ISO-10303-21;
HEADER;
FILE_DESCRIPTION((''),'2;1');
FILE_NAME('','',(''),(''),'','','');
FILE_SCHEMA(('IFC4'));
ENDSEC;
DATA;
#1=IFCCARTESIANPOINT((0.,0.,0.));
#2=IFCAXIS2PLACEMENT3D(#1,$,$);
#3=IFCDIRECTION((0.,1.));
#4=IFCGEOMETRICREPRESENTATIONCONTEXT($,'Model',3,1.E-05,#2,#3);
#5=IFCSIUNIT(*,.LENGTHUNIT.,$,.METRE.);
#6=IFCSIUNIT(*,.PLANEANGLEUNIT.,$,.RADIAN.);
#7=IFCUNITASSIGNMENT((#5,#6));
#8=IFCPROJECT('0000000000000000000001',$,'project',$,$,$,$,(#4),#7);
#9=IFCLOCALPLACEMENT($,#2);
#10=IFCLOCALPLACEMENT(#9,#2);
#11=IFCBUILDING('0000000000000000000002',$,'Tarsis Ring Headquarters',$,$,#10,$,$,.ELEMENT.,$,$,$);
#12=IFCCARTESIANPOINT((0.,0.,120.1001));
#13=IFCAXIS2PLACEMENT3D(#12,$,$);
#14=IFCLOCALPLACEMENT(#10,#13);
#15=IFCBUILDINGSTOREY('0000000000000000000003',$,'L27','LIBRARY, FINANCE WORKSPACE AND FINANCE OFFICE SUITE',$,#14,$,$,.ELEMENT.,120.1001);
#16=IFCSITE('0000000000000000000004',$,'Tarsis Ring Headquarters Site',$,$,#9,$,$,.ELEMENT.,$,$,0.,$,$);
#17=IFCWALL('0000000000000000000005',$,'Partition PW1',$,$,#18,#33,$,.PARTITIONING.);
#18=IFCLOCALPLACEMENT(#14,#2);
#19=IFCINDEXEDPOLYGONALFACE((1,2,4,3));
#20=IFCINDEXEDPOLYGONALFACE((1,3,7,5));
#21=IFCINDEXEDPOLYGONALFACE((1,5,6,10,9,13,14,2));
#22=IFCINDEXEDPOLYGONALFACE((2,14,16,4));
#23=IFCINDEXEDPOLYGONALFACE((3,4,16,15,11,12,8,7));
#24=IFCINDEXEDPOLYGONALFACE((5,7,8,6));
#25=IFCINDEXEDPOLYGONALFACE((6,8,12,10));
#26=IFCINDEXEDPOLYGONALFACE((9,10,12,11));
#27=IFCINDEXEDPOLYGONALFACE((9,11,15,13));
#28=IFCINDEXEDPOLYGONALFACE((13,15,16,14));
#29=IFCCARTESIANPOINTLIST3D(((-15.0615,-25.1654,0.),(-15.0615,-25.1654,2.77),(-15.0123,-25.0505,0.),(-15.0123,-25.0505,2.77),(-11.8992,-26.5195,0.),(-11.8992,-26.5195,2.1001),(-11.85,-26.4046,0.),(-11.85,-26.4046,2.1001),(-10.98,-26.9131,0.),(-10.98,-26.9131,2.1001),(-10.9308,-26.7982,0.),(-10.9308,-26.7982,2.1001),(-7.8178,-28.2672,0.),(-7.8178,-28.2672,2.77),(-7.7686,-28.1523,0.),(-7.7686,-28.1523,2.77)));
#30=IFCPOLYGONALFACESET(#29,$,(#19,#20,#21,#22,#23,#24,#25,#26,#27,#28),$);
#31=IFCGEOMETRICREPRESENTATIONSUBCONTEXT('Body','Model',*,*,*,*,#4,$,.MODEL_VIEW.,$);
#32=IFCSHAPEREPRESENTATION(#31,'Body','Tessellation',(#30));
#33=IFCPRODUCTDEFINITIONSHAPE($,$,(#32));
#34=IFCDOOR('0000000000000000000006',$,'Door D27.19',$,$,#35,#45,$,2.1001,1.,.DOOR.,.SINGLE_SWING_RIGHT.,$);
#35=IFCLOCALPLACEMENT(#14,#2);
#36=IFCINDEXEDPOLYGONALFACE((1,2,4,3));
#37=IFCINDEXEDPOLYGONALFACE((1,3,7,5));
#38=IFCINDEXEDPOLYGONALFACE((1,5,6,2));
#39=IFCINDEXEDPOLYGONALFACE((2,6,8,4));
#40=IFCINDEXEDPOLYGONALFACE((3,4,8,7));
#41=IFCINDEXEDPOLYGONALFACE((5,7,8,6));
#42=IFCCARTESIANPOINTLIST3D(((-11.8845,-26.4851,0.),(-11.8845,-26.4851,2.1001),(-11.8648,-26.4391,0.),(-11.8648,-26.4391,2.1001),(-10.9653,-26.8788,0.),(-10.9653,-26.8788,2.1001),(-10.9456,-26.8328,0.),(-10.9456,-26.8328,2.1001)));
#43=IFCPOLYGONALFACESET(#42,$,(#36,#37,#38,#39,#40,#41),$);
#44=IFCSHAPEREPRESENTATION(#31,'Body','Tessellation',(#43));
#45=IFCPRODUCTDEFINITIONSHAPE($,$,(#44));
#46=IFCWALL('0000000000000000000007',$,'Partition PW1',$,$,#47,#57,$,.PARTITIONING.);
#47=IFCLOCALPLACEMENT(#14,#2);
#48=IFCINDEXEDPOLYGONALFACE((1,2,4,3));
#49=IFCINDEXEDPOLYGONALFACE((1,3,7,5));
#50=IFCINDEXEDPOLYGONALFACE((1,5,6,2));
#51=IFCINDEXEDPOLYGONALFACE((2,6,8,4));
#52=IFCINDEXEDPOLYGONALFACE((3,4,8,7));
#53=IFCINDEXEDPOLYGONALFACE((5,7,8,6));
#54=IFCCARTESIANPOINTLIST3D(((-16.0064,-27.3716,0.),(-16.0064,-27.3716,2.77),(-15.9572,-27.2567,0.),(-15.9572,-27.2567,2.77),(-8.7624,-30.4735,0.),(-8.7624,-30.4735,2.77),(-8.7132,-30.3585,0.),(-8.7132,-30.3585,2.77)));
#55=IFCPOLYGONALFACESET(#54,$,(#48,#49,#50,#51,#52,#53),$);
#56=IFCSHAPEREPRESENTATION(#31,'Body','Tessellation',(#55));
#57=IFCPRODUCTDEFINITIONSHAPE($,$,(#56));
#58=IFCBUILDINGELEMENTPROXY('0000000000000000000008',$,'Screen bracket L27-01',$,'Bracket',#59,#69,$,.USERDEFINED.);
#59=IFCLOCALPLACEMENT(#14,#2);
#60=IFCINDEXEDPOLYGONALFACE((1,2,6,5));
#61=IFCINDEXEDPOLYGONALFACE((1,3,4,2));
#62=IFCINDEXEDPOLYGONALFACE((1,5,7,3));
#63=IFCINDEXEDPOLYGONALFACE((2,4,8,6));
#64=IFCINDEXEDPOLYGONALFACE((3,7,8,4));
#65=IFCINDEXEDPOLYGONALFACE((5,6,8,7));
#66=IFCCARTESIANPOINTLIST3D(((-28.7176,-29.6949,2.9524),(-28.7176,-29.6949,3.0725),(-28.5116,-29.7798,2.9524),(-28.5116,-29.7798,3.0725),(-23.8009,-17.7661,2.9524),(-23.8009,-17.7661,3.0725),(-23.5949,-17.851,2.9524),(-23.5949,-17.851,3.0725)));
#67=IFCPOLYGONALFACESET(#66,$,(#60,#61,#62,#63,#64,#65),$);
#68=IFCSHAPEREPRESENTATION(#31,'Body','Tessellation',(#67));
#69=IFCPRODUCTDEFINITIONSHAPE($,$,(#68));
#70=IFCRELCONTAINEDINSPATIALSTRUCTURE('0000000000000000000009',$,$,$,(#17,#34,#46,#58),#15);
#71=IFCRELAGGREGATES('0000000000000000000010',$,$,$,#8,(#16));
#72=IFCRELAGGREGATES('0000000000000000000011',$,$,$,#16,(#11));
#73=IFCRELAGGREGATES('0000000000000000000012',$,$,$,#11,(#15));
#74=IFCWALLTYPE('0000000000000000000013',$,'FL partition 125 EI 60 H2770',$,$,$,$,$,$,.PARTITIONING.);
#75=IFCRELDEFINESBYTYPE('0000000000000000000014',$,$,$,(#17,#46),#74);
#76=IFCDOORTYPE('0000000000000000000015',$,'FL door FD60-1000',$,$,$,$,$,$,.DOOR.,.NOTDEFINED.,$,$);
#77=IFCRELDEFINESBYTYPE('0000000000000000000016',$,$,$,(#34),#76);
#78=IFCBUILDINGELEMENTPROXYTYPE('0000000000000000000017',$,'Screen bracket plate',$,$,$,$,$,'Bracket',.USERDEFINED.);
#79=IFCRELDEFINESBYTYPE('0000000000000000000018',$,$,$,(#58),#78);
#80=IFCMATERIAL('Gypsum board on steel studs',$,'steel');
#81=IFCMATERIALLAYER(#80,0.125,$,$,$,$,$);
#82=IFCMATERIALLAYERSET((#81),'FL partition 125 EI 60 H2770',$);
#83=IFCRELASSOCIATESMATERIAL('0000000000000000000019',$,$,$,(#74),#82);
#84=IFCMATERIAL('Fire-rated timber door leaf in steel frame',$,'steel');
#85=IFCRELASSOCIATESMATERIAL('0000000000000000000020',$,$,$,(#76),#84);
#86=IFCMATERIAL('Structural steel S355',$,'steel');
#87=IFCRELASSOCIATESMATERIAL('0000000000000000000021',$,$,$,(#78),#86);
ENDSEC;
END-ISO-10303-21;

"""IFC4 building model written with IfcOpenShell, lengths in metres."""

from ifc_helpers import new_model, si_unit, direction, frame, frame_2d, origin, origin_2d, place, context, subcontext, project, spatial, rectangle, extrude, material, layer, layer_set, type_object, element, fill, save


model = new_model("IFC4")

# Units and contexts
model_context = context("Model", 3, precision=1e-05, world=origin(), true_north=direction((0.0, 1.0)))
body_context = subcontext(model_context, "Body", "Model", "MODEL_VIEW")
ifc_project = project(units=[si_unit("LENGTHUNIT", "METRE"), si_unit("PLANEANGLEUNIT", "RADIAN")], contexts=[model_context])

# Site, building, storey
site_placement = place(None, origin())
site = spatial("IfcSite", under=ifc_project, at=site_placement, Name="Tarsis Ring Headquarters Site", CompositionType="ELEMENT", RefElevation=0.0)
building_placement = place(site_placement, origin())
building = spatial("IfcBuilding", under=site, at=building_placement, Name="Tarsis Ring Headquarters", CompositionType="ELEMENT")
storey_placement = place(building_placement, frame((0.0, 0.0, 120.1001)))
storey = spatial("IfcBuildingStorey", under=building, at=storey_placement, Name="L27", Description="LIBRARY, FINANCE WORKSPACE AND FINANCE OFFICE SUITE", CompositionType="ELEMENT", Elevation=120.1001)

# Shared definitions
ifc_material_1 = material(Name="Structural steel S355", Category="steel")

# Shared definitions
ifc_material_2 = material(Name="Gypsum board on steel studs", Category="steel")
ifc_layer_1 = layer(ifc_material_2, 0.125)
ifc_layer_set_1 = layer_set([ifc_layer_1], Name="FL partition 125 EI 60 H2770")
wall_type_1 = type_object("IfcWallType", Name="FL partition 125 EI 60 H2770", PredefinedType="PARTITIONING", material=ifc_layer_set_1)

# Wall, opening, door
wall_1_placement = place(storey_placement, frame((-15.0369, -25.1079, 0.0), z_axis=(0.0, 0.0, 1.0), x_axis=(0.919265, -0.393639, 0.0)))
wall_1 = element("IfcWall", 1, at=wall_1_placement, inside=storey, type_object=wall_type_1, Name="Partition PW1", PredefinedType="PARTITIONING", context=body_context, shape_type="SweptSolid", body=[
    extrude(rectangle(XDim=7.8799, YDim=0.125, at=frame_2d((3.9399, 0.0))), origin(), (0.0, 0.0, 1.0), 2.77),
])
opening_placement = place(wall_1_placement, frame((3.4399, 0.0, 0.0)))
opening = element("IfcOpeningElement", 2, at=opening_placement, cuts=wall_1, PredefinedType="OPENING", context=body_context, shape_type="SweptSolid", body=[
    extrude(rectangle(XDim=1.0, YDim=2.1001, at=frame_2d((0.5, 1.05))), frame((0.0, 0.0725, 0.0), z_axis=(0.0, -1.0, 0.0), x_axis=(1.0, 0.0, 0.0)), (0.0, 0.0, 1.0), 0.145),
])
ifc_material_3 = material(Name="Fire-rated timber door leaf in steel frame", Category="steel")
door_type = type_object("IfcDoorType", Name="FL door FD60-1000", OperationType="NOTDEFINED", PredefinedType="DOOR", material=ifc_material_3)
door_placement = place(opening_placement, origin())
door = element("IfcDoor", 3, at=door_placement, inside=storey, type_object=door_type, Name="Door D27.19", OperationType="SINGLE_SWING_RIGHT", OverallHeight=2.1001, OverallWidth=1.0, PredefinedType="DOOR", context=body_context, shape_type="SweptSolid", body=[
    extrude(rectangle(XDim=1.0, YDim=2.1001, at=frame_2d((0.5, 1.05))), frame((0.0, 0.0249, 0.0), z_axis=(0.0, -1.0, 0.0), x_axis=(1.0, 0.0, 0.0)), (0.0, 0.0, 1.0), 0.05),
])
fill(opening, door)

# Wall
wall_2_placement = place(storey_placement, frame((-15.9817, -27.3142, 0.0), z_axis=(0.0, 0.0, 1.0), x_axis=(0.91927, -0.393628, 0.0)))
element("IfcWall", 4, at=wall_2_placement, inside=storey, type_object=wall_type_1, Name="Partition PW1", PredefinedType="PARTITIONING", context=body_context, shape_type="SweptSolid", body=[
    extrude(rectangle(XDim=7.8801, YDim=0.125, at=frame_2d((3.9399, 0.0))), origin(), (0.0, 0.0, 1.0), 2.77),
])

# Building element proxy
building_element_proxy_type = type_object("IfcBuildingElementProxyType", Name="Screen bracket plate", ElementType="Bracket", PredefinedType="USERDEFINED", material=ifc_material_1)
proxy_placement = place(storey_placement, frame((-26.1562, -23.7729, 2.9524), z_axis=(0.0, 0.0, 1.0), x_axis=(-0.38107, -0.924546, 0.0)))
element("IfcBuildingElementProxy", 5, at=proxy_placement, inside=storey, type_object=building_element_proxy_type, Name="Screen bracket L27-01", ObjectType="Bracket", PredefinedType="USERDEFINED", context=body_context, shape_type="SweptSolid", body=[
    extrude(rectangle(XDim=12.9023, YDim=0.2229, at=origin_2d()), origin(), (0.0, 0.0, 1.0), 0.1201),
])

save(model, "model.ifc")
